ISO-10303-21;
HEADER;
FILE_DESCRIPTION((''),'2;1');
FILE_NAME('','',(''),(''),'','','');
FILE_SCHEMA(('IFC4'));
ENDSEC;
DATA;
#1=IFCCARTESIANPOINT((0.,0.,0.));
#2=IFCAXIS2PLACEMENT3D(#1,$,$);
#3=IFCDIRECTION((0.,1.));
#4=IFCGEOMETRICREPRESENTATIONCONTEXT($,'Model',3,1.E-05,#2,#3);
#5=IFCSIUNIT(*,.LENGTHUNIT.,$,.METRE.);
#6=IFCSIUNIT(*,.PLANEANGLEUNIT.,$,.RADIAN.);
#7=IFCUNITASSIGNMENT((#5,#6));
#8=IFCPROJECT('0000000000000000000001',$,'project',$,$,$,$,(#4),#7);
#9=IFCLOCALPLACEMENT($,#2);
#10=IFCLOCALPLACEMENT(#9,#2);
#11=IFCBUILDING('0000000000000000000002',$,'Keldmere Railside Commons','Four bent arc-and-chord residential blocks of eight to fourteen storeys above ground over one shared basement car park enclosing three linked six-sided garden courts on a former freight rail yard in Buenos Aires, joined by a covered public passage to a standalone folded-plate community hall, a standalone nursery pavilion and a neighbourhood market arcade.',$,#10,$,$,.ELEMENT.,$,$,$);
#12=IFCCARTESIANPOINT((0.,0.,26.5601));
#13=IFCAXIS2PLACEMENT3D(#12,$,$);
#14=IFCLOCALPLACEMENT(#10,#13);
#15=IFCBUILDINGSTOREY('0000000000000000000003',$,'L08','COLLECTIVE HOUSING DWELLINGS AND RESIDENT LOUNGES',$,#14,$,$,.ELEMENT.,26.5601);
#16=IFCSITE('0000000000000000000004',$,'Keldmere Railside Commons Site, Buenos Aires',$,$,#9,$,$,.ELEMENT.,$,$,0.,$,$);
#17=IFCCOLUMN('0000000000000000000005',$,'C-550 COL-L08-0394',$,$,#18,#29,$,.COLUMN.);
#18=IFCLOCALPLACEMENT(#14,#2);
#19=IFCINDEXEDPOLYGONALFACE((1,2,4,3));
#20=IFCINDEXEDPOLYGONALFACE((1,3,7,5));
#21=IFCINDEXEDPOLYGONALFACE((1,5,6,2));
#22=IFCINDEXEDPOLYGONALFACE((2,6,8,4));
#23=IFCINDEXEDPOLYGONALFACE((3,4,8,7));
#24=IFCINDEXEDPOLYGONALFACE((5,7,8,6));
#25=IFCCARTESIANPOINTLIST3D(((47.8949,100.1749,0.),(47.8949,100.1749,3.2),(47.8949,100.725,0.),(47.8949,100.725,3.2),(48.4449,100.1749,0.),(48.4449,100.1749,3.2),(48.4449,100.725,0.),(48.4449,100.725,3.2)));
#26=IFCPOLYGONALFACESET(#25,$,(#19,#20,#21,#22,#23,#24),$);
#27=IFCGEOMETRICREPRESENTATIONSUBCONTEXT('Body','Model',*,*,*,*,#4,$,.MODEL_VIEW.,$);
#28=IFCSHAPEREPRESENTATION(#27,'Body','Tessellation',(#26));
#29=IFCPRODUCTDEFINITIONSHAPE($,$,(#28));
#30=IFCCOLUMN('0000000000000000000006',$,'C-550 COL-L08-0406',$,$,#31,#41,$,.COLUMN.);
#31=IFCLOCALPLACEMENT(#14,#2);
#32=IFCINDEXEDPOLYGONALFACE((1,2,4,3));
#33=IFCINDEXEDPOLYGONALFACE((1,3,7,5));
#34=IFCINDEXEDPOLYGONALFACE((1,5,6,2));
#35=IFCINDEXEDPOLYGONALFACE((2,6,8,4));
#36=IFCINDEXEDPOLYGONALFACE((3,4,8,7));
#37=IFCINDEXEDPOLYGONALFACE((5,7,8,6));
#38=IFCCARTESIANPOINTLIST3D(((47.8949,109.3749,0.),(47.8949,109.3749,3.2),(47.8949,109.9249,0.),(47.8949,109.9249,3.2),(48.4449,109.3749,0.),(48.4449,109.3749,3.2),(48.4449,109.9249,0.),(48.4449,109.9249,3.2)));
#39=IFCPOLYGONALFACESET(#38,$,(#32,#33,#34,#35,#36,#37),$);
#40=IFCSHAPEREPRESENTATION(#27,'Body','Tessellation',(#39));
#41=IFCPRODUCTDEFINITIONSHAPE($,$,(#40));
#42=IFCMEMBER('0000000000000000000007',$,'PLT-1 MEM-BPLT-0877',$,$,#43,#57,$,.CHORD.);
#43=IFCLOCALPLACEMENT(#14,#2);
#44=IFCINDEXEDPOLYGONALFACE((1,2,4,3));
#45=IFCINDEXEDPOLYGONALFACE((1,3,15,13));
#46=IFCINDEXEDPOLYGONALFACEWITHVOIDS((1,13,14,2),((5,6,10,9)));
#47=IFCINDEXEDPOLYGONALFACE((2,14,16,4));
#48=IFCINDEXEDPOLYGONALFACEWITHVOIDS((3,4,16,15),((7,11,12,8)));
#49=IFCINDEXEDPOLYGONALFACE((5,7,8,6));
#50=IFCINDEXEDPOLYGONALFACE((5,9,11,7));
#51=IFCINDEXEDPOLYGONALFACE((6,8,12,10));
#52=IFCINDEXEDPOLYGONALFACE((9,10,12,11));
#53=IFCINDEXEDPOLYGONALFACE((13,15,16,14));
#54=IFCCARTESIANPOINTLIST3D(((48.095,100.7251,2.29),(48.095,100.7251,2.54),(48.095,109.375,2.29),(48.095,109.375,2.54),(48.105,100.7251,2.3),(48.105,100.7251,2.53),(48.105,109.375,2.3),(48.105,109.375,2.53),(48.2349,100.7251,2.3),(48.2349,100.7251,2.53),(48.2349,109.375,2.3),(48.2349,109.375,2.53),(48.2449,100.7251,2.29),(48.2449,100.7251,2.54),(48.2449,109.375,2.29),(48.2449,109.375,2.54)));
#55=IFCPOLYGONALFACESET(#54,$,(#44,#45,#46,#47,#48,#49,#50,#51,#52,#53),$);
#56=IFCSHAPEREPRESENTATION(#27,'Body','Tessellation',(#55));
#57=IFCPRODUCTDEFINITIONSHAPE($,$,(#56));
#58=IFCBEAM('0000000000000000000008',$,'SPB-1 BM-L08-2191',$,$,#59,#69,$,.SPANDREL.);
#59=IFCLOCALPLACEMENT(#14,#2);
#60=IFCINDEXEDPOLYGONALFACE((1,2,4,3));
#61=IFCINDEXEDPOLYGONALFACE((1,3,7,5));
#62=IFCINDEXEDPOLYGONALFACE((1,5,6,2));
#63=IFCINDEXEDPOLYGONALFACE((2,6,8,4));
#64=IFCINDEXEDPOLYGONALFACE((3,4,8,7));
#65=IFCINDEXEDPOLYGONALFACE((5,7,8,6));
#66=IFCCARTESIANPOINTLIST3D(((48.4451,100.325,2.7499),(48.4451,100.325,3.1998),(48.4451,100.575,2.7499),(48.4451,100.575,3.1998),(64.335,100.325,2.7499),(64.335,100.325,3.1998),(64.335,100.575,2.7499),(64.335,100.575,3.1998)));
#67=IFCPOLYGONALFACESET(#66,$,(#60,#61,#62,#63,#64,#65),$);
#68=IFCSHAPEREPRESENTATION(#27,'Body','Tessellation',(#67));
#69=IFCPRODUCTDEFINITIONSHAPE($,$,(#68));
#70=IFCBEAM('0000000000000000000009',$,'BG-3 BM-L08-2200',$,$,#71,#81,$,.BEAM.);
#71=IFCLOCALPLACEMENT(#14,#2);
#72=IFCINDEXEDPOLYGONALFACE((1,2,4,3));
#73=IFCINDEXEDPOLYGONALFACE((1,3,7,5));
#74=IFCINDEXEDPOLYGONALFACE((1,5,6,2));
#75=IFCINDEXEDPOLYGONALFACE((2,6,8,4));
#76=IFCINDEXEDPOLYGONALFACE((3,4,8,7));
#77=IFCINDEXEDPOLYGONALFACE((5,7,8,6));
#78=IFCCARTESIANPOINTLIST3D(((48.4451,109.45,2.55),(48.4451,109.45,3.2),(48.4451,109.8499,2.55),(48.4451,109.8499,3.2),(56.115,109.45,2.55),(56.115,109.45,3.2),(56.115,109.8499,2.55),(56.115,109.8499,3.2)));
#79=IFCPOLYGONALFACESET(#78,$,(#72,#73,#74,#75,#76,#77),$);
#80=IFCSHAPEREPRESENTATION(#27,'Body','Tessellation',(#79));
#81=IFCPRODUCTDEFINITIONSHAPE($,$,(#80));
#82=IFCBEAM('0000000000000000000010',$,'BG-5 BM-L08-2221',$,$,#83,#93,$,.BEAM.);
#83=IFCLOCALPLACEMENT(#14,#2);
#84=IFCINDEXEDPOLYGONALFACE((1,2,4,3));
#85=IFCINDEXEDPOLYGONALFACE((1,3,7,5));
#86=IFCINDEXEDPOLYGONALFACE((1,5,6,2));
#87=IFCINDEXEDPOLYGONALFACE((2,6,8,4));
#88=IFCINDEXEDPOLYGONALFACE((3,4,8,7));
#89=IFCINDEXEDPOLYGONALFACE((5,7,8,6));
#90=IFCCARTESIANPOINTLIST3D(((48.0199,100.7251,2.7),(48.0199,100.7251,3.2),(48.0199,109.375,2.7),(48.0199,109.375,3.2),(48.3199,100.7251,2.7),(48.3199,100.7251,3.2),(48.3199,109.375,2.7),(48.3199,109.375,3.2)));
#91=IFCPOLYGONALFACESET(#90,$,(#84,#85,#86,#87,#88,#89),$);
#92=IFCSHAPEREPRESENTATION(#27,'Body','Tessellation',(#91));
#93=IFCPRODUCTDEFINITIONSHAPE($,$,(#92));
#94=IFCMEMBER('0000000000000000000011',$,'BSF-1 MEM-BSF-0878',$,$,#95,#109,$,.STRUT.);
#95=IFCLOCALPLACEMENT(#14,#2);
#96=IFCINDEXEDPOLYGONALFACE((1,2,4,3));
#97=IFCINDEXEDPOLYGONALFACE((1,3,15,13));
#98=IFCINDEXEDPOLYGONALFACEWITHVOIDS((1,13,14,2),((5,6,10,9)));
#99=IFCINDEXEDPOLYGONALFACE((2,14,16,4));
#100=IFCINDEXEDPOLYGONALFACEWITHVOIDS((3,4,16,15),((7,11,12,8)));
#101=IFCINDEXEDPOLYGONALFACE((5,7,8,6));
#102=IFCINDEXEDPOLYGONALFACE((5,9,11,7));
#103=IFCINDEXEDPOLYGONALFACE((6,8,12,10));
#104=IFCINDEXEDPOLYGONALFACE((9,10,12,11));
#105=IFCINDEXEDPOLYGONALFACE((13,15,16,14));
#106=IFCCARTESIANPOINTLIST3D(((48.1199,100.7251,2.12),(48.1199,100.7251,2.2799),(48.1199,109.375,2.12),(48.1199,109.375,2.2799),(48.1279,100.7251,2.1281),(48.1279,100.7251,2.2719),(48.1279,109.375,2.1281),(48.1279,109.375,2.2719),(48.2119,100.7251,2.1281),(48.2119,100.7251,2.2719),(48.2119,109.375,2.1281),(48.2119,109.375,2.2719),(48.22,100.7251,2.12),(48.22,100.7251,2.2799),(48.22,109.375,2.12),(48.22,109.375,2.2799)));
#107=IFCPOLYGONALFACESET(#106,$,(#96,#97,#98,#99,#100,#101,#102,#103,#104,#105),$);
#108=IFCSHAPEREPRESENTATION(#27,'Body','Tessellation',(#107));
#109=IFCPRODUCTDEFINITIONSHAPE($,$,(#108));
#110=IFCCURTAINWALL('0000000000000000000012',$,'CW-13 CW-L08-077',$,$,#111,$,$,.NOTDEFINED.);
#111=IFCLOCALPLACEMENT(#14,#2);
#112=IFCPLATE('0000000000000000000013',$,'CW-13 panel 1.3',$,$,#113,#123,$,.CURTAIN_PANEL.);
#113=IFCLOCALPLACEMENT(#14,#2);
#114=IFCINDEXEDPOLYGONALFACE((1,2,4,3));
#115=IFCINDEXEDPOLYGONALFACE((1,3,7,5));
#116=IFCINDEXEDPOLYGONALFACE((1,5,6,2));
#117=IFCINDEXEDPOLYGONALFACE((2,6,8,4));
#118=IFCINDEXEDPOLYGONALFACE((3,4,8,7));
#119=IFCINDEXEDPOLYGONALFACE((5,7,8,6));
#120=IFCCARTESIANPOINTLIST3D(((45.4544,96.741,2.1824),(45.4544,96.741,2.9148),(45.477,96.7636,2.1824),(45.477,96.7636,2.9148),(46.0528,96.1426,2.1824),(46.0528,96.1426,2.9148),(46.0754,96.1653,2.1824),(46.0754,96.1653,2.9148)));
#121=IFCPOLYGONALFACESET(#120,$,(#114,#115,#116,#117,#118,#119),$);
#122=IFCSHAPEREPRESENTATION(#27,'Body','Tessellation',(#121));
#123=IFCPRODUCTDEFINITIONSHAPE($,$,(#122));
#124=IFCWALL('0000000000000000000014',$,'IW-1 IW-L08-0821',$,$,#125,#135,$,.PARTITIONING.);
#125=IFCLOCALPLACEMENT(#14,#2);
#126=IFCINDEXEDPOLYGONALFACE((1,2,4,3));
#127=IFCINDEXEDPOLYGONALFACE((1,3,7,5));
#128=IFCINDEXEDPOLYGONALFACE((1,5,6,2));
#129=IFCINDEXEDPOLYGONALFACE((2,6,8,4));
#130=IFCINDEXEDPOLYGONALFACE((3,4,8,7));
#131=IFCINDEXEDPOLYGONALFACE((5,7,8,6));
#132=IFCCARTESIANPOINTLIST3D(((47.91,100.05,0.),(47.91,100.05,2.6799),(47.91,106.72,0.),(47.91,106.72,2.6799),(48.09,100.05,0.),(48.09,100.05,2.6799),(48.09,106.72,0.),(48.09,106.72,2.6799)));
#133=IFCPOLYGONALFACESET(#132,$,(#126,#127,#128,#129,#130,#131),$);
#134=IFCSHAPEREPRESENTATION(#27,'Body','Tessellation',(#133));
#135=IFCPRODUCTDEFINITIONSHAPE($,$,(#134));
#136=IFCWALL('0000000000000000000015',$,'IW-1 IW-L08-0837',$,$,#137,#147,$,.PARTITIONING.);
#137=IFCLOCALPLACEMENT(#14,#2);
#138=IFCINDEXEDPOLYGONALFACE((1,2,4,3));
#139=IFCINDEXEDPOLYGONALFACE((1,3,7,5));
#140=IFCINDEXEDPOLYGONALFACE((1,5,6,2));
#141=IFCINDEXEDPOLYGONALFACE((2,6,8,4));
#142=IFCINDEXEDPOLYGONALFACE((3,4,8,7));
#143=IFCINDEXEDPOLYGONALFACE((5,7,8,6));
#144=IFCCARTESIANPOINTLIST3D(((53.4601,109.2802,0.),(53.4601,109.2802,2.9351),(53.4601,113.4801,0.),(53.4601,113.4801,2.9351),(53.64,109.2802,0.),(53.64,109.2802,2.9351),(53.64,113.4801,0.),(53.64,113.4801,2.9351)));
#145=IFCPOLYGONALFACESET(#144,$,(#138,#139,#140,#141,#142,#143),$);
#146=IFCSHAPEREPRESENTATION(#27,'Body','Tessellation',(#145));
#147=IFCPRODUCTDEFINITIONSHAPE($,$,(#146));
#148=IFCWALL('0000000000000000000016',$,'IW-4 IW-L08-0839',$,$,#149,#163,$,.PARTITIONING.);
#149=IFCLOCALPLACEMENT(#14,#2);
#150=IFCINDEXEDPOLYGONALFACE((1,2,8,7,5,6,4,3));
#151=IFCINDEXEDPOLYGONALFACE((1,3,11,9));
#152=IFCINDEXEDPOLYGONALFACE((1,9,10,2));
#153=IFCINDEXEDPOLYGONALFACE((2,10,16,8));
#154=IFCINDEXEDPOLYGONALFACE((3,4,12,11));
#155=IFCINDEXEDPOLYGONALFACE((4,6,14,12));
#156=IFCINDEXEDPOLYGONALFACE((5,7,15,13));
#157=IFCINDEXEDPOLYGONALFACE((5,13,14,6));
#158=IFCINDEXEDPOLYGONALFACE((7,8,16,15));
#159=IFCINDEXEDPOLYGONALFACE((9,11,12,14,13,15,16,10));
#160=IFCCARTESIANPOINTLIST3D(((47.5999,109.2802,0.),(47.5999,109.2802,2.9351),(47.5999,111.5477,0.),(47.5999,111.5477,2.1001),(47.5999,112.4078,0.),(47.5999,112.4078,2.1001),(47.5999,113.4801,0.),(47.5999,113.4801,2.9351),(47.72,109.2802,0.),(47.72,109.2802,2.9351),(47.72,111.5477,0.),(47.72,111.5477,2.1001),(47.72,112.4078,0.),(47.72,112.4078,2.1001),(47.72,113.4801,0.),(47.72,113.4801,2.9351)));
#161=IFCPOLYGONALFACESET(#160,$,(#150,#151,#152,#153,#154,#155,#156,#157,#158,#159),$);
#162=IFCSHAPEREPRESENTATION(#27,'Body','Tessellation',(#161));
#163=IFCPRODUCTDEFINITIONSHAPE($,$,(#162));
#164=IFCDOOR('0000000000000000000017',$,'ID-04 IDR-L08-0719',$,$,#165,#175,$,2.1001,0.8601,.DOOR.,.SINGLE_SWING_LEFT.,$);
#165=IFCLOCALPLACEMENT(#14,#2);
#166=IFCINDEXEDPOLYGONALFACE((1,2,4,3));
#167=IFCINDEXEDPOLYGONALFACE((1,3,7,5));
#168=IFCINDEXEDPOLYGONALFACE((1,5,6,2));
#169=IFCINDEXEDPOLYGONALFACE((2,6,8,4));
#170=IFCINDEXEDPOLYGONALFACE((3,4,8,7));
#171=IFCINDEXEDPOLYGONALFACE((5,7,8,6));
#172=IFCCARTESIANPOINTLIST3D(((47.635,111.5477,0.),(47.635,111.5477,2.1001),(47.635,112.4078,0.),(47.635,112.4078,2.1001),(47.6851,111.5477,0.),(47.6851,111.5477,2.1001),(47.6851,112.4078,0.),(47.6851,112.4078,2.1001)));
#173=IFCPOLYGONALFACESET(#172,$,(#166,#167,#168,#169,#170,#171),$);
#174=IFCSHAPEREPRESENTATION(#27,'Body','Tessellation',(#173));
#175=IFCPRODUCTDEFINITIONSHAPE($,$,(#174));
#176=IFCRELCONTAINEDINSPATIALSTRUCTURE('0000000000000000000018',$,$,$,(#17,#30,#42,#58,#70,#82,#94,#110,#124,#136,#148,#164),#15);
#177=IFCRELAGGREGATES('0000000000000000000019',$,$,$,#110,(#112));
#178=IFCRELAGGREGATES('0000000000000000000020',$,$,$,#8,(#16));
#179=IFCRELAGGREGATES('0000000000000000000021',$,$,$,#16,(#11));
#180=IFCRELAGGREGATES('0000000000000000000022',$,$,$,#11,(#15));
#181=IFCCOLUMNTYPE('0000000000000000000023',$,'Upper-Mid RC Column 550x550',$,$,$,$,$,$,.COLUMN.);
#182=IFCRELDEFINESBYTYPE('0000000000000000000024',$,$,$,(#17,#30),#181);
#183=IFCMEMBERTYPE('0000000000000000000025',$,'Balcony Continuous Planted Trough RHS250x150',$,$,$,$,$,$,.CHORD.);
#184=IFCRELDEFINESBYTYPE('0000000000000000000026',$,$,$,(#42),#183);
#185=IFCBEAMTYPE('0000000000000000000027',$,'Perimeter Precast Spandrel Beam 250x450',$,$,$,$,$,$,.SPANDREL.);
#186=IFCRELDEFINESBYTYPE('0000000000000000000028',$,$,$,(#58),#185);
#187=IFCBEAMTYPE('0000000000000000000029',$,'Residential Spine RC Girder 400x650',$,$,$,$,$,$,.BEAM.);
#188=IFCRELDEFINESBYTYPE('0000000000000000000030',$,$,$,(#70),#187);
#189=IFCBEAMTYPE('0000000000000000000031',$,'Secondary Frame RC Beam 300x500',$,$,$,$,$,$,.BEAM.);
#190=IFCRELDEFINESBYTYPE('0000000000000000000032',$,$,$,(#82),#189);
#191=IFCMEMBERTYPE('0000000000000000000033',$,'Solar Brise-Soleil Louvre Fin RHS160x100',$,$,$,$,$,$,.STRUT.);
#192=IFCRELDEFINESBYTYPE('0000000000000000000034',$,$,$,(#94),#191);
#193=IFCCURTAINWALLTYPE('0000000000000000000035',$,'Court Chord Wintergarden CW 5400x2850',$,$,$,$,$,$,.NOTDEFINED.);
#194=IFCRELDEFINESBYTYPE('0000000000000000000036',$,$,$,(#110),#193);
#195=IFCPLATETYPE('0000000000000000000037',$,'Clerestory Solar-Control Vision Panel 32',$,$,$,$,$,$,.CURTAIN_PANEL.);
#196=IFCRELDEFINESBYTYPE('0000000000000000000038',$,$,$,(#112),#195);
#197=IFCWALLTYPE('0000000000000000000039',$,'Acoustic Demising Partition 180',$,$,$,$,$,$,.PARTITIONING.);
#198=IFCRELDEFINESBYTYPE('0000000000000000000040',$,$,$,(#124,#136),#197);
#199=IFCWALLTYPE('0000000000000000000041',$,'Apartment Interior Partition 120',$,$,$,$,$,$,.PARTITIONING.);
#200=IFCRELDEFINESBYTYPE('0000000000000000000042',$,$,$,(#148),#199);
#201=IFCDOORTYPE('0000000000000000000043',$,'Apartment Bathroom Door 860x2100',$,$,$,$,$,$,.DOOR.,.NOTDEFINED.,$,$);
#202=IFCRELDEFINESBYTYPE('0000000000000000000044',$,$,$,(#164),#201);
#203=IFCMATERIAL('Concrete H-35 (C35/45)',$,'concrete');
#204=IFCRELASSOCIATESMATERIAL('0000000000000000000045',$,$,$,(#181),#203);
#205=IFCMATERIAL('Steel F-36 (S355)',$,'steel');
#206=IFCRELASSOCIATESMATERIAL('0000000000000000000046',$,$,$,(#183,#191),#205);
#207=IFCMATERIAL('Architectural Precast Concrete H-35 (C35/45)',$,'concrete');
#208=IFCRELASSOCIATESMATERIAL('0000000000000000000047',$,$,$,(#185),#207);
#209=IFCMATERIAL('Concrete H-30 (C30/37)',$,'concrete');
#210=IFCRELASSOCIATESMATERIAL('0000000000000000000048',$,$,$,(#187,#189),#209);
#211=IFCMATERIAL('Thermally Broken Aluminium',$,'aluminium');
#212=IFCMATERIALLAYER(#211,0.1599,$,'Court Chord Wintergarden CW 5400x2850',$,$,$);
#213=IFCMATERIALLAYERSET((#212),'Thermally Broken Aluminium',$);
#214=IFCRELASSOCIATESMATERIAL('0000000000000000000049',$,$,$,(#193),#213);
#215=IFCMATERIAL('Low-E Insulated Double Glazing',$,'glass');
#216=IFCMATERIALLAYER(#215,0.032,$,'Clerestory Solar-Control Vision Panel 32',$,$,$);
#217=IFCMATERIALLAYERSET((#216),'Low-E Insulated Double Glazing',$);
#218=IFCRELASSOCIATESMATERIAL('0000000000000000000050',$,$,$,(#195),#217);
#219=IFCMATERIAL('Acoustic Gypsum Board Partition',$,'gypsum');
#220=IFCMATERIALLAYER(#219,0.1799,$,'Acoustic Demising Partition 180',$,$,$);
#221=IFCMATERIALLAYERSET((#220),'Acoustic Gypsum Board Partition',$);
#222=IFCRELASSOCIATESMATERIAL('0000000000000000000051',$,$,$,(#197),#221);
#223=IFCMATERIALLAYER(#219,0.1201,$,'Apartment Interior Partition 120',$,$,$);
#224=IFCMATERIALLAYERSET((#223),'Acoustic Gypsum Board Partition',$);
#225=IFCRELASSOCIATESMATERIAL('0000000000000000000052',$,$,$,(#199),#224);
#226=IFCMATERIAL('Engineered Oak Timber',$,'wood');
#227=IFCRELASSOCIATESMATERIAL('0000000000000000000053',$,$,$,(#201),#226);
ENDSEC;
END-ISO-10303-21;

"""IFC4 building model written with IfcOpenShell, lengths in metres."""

from ifc_helpers import new_model, si_unit, direction, frame, frame_2d, origin, origin_2d, place, context, subcontext, project, spatial, rectangle, hollow_rectangle, extrude, material, layer, layer_set, material_profile, profile_set, type_object, element, fill, aggregate, save


model = new_model("IFC4")

# Units and contexts
model_context = context("Model", 3, precision=1e-05, world=origin(), true_north=direction((0.0, 1.0)))
body_context = subcontext(model_context, "Body", "Model", "MODEL_VIEW")
ifc_project = project(units=[si_unit("LENGTHUNIT", "METRE"), si_unit("PLANEANGLEUNIT", "RADIAN")], contexts=[model_context])

# Site, building, storey
site_placement = place(None, origin())
site = spatial("IfcSite", under=ifc_project, at=site_placement, Name="Keldmere Railside Commons Site, Buenos Aires", CompositionType="ELEMENT", RefElevation=0.0)
building_placement = place(site_placement, origin())
building = spatial("IfcBuilding", under=site, at=building_placement, Name="Keldmere Railside Commons", Description="Four bent arc-and-chord residential blocks of eight to fourteen storeys above ground over one shared basement car park enclosing three linked six-sided garden courts on a former freight rail yard in Buenos Aires, joined by a covered public passage to a standalone folded-plate community hall, a standalone nursery pavilion and a neighbourhood market arcade.", CompositionType="ELEMENT")
storey_placement = place(building_placement, frame((0.0, 0.0, 26.5601)))
storey = spatial("IfcBuildingStorey", under=building, at=storey_placement, Name="L08", Description="COLLECTIVE HOUSING DWELLINGS AND RESIDENT LOUNGES", CompositionType="ELEMENT", Elevation=26.5601)

# Columns
ifc_material_1 = material(Name="Concrete H-35 (C35/45)", Category="concrete")
ifc_material_profile_1 = material_profile(ifc_material_1, rectangle(XDim=0.55, YDim=0.55, at=origin_2d()), Name="RC-550x550")
ifc_profile_set_1 = profile_set([ifc_material_profile_1], Name="Concrete H-35 (C35/45)")
column_type = type_object("IfcColumnType", Name="Upper-Mid RC Column 550x550", PredefinedType="COLUMN", material=ifc_profile_set_1)
for number, where, z_axis, x_axis, name in (
    (1, (48.1699, 100.45, 0.0), (0.0, 0.0, 1.0), (1.0, 0.0, 0.0), "C-550 COL-L08-0394"),
    (2, (48.1699, 109.6499, 0.0), (0.0, 0.0, 1.0), (1.0, 0.0, 0.0), "C-550 COL-L08-0406"),
):
    element("IfcColumn", number, at=place(storey_placement, frame(where, z_axis=z_axis, x_axis=x_axis)), inside=storey, type_object=column_type, Name=name, PredefinedType="COLUMN", context=body_context, shape_type="SweptSolid", body=[
        extrude(rectangle(XDim=0.55, YDim=0.55, at=origin_2d()), origin(), (0.0, 0.0, 1.0), 3.2),
    ])

# Member
ifc_material_2 = material(Name="Steel F-36 (S355)", Category="steel")
ifc_material_profile_2 = material_profile(ifc_material_2, hollow_rectangle(XDim=0.1499, YDim=0.25, WallThickness=0.01, at=origin_2d()), Name="RHS-250x150x10")
ifc_profile_set_2 = profile_set([ifc_material_profile_2], Name="Steel F-36 (S355)")
member_type_1 = type_object("IfcMemberType", Name="Balcony Continuous Planted Trough RHS250x150", PredefinedType="CHORD", material=ifc_profile_set_2)
member_1_placement = place(storey_placement, frame((48.1699, 100.7251, 2.415), z_axis=(0.0, 1.0, 0.0), x_axis=(-1.0, 0.0, 0.0)))
element("IfcMember", 3, at=member_1_placement, inside=storey, type_object=member_type_1, Name="PLT-1 MEM-BPLT-0877", PredefinedType="CHORD", context=body_context, shape_type="SweptSolid", body=[
    extrude(hollow_rectangle(XDim=0.1499, YDim=0.25, WallThickness=0.01, at=origin_2d()), origin(), (0.0, 0.0, 1.0), 8.6499),
])

# Beams
ifc_material_3 = material(Name="Architectural Precast Concrete H-35 (C35/45)", Category="concrete")
ifc_material_profile_3 = material_profile(ifc_material_3, rectangle(XDim=0.25, YDim=0.45, at=origin_2d()), Name="RC-250x450")
ifc_profile_set_3 = profile_set([ifc_material_profile_3], Name="Architectural Precast Concrete H-35 (C35/45)")
beam_type_1 = type_object("IfcBeamType", Name="Perimeter Precast Spandrel Beam 250x450", PredefinedType="SPANDREL", material=ifc_profile_set_3)
beam_1_placement = place(storey_placement, frame((48.4451, 100.45, 2.9749), z_axis=(1.0, 0.0, 0.0), x_axis=(0.0, 1.0, 0.0)))
element("IfcBeam", 4, at=beam_1_placement, inside=storey, type_object=beam_type_1, Name="SPB-1 BM-L08-2191", PredefinedType="SPANDREL", context=body_context, shape_type="SweptSolid", body=[
    extrude(rectangle(XDim=0.25, YDim=0.45, at=origin_2d()), origin(), (0.0, 0.0, 1.0), 15.8899),
])
ifc_material_4 = material(Name="Concrete H-30 (C30/37)", Category="concrete")
ifc_material_profile_4 = material_profile(ifc_material_4, rectangle(XDim=0.3999, YDim=0.6499, at=origin_2d()), Name="RC-400x650")
ifc_profile_set_4 = profile_set([ifc_material_profile_4], Name="Concrete H-30 (C30/37)")
beam_type_2 = type_object("IfcBeamType", Name="Residential Spine RC Girder 400x650", PredefinedType="BEAM", material=ifc_profile_set_4)
beam_2_placement = place(storey_placement, frame((48.4451, 109.6499, 2.875), z_axis=(1.0, 0.0, 0.0), x_axis=(0.0, 1.0, 0.0)))
element("IfcBeam", 5, at=beam_2_placement, inside=storey, type_object=beam_type_2, Name="BG-3 BM-L08-2200", PredefinedType="BEAM", context=body_context, shape_type="SweptSolid", body=[
    extrude(rectangle(XDim=0.3999, YDim=0.6499, at=origin_2d()), origin(), (0.0, 0.0, 1.0), 7.6699),
])
ifc_material_profile_5 = material_profile(ifc_material_4, rectangle(XDim=0.3, YDim=0.5, at=origin_2d()), Name="RC-300x500")
ifc_profile_set_5 = profile_set([ifc_material_profile_5], Name="Concrete H-30 (C30/37)")
beam_type_3 = type_object("IfcBeamType", Name="Secondary Frame RC Beam 300x500", PredefinedType="BEAM", material=ifc_profile_set_5)
beam_3_placement = place(storey_placement, frame((48.1699, 100.7251, 2.95), z_axis=(0.0, 1.0, 0.0), x_axis=(-1.0, 0.0, 0.0)))
element("IfcBeam", 6, at=beam_3_placement, inside=storey, type_object=beam_type_3, Name="BG-5 BM-L08-2221", PredefinedType="BEAM", context=body_context, shape_type="SweptSolid", body=[
    extrude(rectangle(XDim=0.3, YDim=0.5, at=origin_2d()), origin(), (0.0, 0.0, 1.0), 8.6499),
])

# Member
ifc_material_profile_6 = material_profile(ifc_material_2, hollow_rectangle(XDim=0.1001, YDim=0.1599, WallThickness=0.0081, at=origin_2d()), Name="RHS-160x100x8")
ifc_profile_set_6 = profile_set([ifc_material_profile_6], Name="Steel F-36 (S355)")
member_type_2 = type_object("IfcMemberType", Name="Solar Brise-Soleil Louvre Fin RHS160x100", PredefinedType="STRUT", material=ifc_profile_set_6)
member_2_placement = place(storey_placement, frame((48.1699, 100.7251, 2.2), z_axis=(0.0, 1.0, 0.0), x_axis=(-1.0, 0.0, 0.0)))
element("IfcMember", 7, at=member_2_placement, inside=storey, type_object=member_type_2, Name="BSF-1 MEM-BSF-0878", PredefinedType="STRUT", context=body_context, shape_type="SweptSolid", body=[
    extrude(hollow_rectangle(XDim=0.1001, YDim=0.1599, WallThickness=0.0081, at=origin_2d()), origin(), (0.0, 0.0, 1.0), 8.6499),
])

# Curtain wall, plate
ifc_material_5 = material(Name="Thermally Broken Aluminium", Category="aluminium")
ifc_layer_1 = layer(ifc_material_5, 0.1599, Name="Court Chord Wintergarden CW 5400x2850")
ifc_layer_set_1 = layer_set([ifc_layer_1], Name="Thermally Broken Aluminium")
curtain_wall_type = type_object("IfcCurtainWallType", Name="Court Chord Wintergarden CW 5400x2850", PredefinedType="NOTDEFINED", material=ifc_layer_set_1)
curtain_wall_placement = place(storey_placement, origin())
curtain_wall = element("IfcCurtainWall", 8, at=curtain_wall_placement, inside=storey, type_object=curtain_wall_type, Name="CW-13 CW-L08-077", PredefinedType="NOTDEFINED")
ifc_material_6 = material(Name="Low-E Insulated Double Glazing", Category="glass")
ifc_layer_2 = layer(ifc_material_6, 0.032, Name="Clerestory Solar-Control Vision Panel 32")
ifc_layer_set_2 = layer_set([ifc_layer_2], Name="Low-E Insulated Double Glazing")
plate_type = type_object("IfcPlateType", Name="Clerestory Solar-Control Vision Panel 32", PredefinedType="CURTAIN_PANEL", material=ifc_layer_set_2)
plate_placement = place(storey_placement, frame((45.7649, 96.4531, 2.1824), z_axis=(0.0, 0.0, 1.0), x_axis=(-0.707107, 0.707107, 0.0)))
plate = element("IfcPlate", 9, at=plate_placement, type_object=plate_type, Name="CW-13 panel 1.3", PredefinedType="CURTAIN_PANEL", context=body_context, shape_type="SweptSolid", body=[
    extrude(rectangle(XDim=0.8462, YDim=0.032, at=origin_2d()), origin(), (0.0, 0.0, 1.0), 0.7324),
])
aggregate(curtain_wall, [plate])

# Walls
ifc_material_7 = material(Name="Acoustic Gypsum Board Partition", Category="gypsum")
ifc_layer_3 = layer(ifc_material_7, 0.1799, Name="Acoustic Demising Partition 180")
ifc_layer_set_3 = layer_set([ifc_layer_3], Name="Acoustic Gypsum Board Partition")
wall_type_1 = type_object("IfcWallType", Name="Acoustic Demising Partition 180", PredefinedType="PARTITIONING", material=ifc_layer_set_3)
wall_1_placement = place(storey_placement, frame((48.0, 100.05, 0.0), z_axis=(0.0, 0.0, 1.0), x_axis=(0.0, 1.0, 0.0)))
element("IfcWall", 10, at=wall_1_placement, inside=storey, type_object=wall_type_1, Name="IW-1 IW-L08-0821", PredefinedType="PARTITIONING", context=body_context, shape_type="SweptSolid", body=[
    extrude(rectangle(XDim=6.6699, YDim=0.1799, at=frame_2d((3.335, 0.0))), origin(), (0.0, 0.0, 1.0), 2.6799),
])
wall_2_placement = place(storey_placement, frame((53.55, 109.28, 0.0), z_axis=(0.0, 0.0, 1.0), x_axis=(0.0, 1.0, 0.0)))
element("IfcWall", 11, at=wall_2_placement, inside=storey, type_object=wall_type_1, Name="IW-1 IW-L08-0837", PredefinedType="PARTITIONING", context=body_context, shape_type="SweptSolid", body=[
    extrude(rectangle(XDim=4.2, YDim=0.1799, at=frame_2d((2.1001, 0.0))), origin(), (0.0, 0.0, 1.0), 2.9351),
])

# Wall, opening, door
ifc_layer_4 = layer(ifc_material_7, 0.1201, Name="Apartment Interior Partition 120")
ifc_layer_set_4 = layer_set([ifc_layer_4], Name="Acoustic Gypsum Board Partition")
wall_type_2 = type_object("IfcWallType", Name="Apartment Interior Partition 120", PredefinedType="PARTITIONING", material=ifc_layer_set_4)
wall_3_placement = place(storey_placement, frame((47.6599, 109.28, 0.0), z_axis=(0.0, 0.0, 1.0), x_axis=(0.0, 1.0, 0.0)))
wall_3 = element("IfcWall", 12, at=wall_3_placement, inside=storey, type_object=wall_type_2, Name="IW-4 IW-L08-0839", PredefinedType="PARTITIONING", context=body_context, shape_type="SweptSolid", body=[
    extrude(rectangle(XDim=4.2, YDim=0.1201, at=frame_2d((2.1001, 0.0))), origin(), (0.0, 0.0, 1.0), 2.9351),
])
opening_1_placement = place(wall_3_placement, frame((2.2676, 0.0, 0.0)))
opening_1 = element("IfcOpeningElement", 13, at=opening_1_placement, cuts=wall_3, PredefinedType="OPENING", context=body_context, shape_type="SweptSolid", body=[
    extrude(rectangle(XDim=0.8601, YDim=2.1001, at=frame_2d((0.4302, 1.05))), frame((0.0, 0.0701, 0.0), z_axis=(0.0, -1.0, 0.0), x_axis=(1.0, 0.0, 0.0)), (0.0, 0.0, 1.0), 0.1401),
])
ifc_material_8 = material(Name="Engineered Oak Timber", Category="wood")
door_type_1 = type_object("IfcDoorType", Name="Apartment Bathroom Door 860x2100", OperationType="NOTDEFINED", PredefinedType="DOOR", material=ifc_material_8)
door_1_placement = place(opening_1_placement, origin())
door_1 = element("IfcDoor", 14, at=door_1_placement, inside=storey, type_object=door_type_1, Name="ID-04 IDR-L08-0719", OperationType="SINGLE_SWING_LEFT", OverallHeight=2.1001, OverallWidth=0.8601, PredefinedType="DOOR", context=body_context, shape_type="SweptSolid", body=[
    extrude(rectangle(XDim=0.8601, YDim=2.1001, at=frame_2d((0.4302, 1.05))), frame((0.0, 0.0249, 0.0), z_axis=(0.0, -1.0, 0.0), x_axis=(1.0, 0.0, 0.0)), (0.0, 0.0, 1.0), 0.05),
])
fill(opening_1, door_1)

save(model, "model.ifc")
